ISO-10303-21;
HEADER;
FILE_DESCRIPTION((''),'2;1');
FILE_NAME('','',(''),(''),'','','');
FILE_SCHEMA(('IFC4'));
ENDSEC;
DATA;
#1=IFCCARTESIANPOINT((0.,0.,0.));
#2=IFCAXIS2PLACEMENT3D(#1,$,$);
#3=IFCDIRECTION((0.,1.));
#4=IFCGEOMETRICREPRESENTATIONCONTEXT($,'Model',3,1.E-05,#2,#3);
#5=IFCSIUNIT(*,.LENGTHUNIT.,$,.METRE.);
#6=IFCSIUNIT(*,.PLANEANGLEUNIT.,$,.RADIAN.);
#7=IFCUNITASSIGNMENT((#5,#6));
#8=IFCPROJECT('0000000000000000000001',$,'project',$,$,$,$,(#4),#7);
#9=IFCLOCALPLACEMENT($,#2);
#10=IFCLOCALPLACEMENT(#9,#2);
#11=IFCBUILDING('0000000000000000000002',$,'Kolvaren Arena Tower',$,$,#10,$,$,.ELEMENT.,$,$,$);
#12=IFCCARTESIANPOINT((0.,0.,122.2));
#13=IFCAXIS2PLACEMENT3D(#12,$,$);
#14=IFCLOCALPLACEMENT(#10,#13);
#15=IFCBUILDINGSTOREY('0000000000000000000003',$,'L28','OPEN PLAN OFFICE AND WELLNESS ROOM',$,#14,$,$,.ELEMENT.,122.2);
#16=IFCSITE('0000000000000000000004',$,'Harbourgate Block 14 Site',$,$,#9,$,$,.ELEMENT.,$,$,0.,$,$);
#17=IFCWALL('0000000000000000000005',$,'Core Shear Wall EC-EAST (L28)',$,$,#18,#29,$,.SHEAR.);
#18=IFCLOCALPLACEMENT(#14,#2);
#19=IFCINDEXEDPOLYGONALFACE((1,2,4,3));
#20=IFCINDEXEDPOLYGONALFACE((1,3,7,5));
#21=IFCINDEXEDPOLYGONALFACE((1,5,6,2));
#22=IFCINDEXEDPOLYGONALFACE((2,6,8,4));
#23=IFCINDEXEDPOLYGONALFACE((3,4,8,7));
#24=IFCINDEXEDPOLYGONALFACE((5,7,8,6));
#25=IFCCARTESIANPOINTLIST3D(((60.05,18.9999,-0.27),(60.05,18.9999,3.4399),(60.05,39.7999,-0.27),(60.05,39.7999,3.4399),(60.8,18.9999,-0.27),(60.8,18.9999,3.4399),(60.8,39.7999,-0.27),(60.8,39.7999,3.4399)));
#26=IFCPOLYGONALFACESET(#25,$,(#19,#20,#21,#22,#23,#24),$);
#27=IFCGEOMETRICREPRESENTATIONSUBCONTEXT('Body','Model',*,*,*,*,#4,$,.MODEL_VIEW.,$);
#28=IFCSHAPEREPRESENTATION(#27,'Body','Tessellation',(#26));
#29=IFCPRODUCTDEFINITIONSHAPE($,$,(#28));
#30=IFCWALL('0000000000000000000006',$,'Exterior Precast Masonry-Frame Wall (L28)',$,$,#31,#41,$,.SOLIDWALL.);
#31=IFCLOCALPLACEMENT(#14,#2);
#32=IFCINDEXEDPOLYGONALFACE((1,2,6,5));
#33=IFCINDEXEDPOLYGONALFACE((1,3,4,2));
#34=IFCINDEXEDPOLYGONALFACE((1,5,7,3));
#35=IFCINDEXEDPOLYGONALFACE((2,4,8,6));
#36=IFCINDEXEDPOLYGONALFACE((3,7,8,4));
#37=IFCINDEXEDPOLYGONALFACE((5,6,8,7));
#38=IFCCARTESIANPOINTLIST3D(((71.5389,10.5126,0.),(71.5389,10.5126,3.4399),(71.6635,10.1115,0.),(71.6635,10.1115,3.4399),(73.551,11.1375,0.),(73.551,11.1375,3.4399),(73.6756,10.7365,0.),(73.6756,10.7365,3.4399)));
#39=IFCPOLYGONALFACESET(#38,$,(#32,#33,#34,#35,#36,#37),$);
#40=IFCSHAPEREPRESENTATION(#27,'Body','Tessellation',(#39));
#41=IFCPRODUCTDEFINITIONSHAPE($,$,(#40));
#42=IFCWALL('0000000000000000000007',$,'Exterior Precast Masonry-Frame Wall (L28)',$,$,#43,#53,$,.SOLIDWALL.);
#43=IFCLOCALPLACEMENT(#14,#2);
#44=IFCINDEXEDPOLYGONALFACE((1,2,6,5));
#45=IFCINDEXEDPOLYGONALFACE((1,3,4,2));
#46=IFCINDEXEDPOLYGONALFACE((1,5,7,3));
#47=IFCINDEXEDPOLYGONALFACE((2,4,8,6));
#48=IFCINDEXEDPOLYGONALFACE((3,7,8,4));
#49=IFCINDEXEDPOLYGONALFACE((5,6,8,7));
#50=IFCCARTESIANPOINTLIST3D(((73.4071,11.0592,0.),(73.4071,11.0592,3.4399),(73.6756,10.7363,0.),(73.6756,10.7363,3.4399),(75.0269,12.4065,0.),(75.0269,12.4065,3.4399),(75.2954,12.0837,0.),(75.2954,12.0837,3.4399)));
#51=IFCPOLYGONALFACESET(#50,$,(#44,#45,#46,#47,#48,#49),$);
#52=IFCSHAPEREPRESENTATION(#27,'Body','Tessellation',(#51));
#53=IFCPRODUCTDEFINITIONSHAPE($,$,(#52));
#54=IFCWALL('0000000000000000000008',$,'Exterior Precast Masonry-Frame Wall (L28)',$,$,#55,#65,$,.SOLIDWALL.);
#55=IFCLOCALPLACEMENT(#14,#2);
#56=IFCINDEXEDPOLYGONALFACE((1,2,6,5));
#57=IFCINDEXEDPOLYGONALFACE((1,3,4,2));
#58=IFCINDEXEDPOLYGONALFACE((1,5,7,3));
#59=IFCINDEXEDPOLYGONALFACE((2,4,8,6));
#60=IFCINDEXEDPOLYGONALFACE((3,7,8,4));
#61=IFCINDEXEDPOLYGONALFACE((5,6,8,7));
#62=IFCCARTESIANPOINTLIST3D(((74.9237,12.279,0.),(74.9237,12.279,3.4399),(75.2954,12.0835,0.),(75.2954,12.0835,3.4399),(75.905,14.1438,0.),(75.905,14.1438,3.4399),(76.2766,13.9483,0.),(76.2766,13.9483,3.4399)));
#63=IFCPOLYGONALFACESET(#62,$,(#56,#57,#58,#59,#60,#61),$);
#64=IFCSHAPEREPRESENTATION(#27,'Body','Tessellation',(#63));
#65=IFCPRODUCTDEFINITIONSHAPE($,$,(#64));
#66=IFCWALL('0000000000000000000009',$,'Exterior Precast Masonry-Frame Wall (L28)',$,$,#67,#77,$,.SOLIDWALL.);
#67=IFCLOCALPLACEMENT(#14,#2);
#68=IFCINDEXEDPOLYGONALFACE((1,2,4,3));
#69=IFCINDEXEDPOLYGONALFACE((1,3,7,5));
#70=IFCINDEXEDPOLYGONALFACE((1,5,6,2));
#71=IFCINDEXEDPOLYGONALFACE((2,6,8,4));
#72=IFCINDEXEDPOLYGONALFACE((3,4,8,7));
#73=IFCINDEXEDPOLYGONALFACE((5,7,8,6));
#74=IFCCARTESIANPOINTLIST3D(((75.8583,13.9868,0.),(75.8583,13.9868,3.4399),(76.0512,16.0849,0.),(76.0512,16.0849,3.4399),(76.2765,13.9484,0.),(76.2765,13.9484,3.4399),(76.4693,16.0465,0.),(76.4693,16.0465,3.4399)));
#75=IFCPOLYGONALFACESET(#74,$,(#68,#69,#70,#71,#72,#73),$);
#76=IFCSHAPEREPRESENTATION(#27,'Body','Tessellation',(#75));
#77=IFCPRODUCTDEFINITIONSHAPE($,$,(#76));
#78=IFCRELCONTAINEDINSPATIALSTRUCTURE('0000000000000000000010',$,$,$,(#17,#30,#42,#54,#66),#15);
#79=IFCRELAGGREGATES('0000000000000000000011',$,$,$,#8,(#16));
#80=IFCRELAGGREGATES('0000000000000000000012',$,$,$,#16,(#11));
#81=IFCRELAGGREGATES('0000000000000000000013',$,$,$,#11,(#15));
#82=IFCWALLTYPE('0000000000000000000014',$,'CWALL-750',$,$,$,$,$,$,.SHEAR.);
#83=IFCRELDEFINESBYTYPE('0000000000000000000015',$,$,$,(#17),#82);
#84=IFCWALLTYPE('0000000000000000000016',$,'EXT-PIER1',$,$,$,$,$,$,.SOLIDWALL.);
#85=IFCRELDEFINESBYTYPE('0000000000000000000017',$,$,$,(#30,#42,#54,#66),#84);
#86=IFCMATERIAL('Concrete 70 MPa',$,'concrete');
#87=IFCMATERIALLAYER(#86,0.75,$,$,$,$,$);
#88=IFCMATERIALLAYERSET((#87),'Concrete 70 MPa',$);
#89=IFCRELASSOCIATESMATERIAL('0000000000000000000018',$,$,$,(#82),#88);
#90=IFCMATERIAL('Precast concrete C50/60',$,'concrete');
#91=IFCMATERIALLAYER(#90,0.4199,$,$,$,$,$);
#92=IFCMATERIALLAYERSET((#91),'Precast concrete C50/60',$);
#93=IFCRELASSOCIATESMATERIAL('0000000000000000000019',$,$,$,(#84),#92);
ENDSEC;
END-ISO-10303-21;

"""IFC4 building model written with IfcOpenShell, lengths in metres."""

from ifc_helpers import new_model, si_unit, direction, frame, frame_2d, origin, place, context, subcontext, project, spatial, rectangle, extrude, material, layer, layer_set, type_object, element, save


model = new_model("IFC4")

# Units and contexts
model_context = context("Model", 3, precision=1e-05, world=origin(), true_north=direction((0.0, 1.0)))
body_context = subcontext(model_context, "Body", "Model", "MODEL_VIEW")
ifc_project = project(units=[si_unit("LENGTHUNIT", "METRE"), si_unit("PLANEANGLEUNIT", "RADIAN")], contexts=[model_context])

# Site, building, storey
site_placement = place(None, origin())
site = spatial("IfcSite", under=ifc_project, at=site_placement, Name="Harbourgate Block 14 Site", CompositionType="ELEMENT", RefElevation=0.0)
building_placement = place(site_placement, origin())
building = spatial("IfcBuilding", under=site, at=building_placement, Name="Kolvaren Arena Tower", CompositionType="ELEMENT")
storey_placement = place(building_placement, frame((0.0, 0.0, 122.2)))
storey = spatial("IfcBuildingStorey", under=building, at=storey_placement, Name="L28", Description="OPEN PLAN OFFICE AND WELLNESS ROOM", CompositionType="ELEMENT", Elevation=122.2)

# Walls
ifc_material_1 = material(Name="Concrete 70 MPa", Category="concrete")
ifc_layer_1 = layer(ifc_material_1, 0.75)
ifc_layer_set_1 = layer_set([ifc_layer_1], Name="Concrete 70 MPa")
wall_type_1 = type_object("IfcWallType", Name="CWALL-750", PredefinedType="SHEAR", material=ifc_layer_set_1)
wall_1_placement = place(storey_placement, frame((60.425, 19.0, -0.27), z_axis=(0.0, 0.0, 1.0), x_axis=(0.0, 1.0, 0.0)))
element("IfcWall", 1, at=wall_1_placement, inside=storey, type_object=wall_type_1, Name="Core Shear Wall EC-EAST (L28)", PredefinedType="SHEAR", context=body_context, shape_type="SweptSolid", body=[
    extrude(rectangle(XDim=20.8, YDim=0.75, at=frame_2d((10.3999, 0.0))), origin(), (0.0, 0.0, 1.0), 3.71),
])
ifc_material_2 = material(Name="Precast concrete C50/60", Category="concrete")
ifc_layer_2 = layer(ifc_material_2, 0.4199)
ifc_layer_set_2 = layer_set([ifc_layer_2], Name="Precast concrete C50/60")
wall_type_2 = type_object("IfcWallType", Name="EXT-PIER1", PredefinedType="SOLIDWALL", material=ifc_layer_set_2)
for number, where, z_axis, x_axis, name in (
    (2, (73.6133, 10.937, 0.0), (0.0, 0.0, 1.0), (-0.954994, -0.296625, 0.0), "Exterior Precast Masonry-Frame Wall (L28)"),
    (3, (75.1611, 12.2451, 0.0), (0.0, 0.0, 1.0), (-0.7688, -0.639489, 0.0), "Exterior Precast Masonry-Frame Wall (L28)"),
):
    element("IfcWall", number, at=place(storey_placement, frame(where, z_axis=z_axis, x_axis=x_axis)), inside=storey, type_object=wall_type_2, Name=name, PredefinedType="SOLIDWALL", context=body_context, shape_type="SweptSolid", body=[
        extrude(rectangle(XDim=2.1069, YDim=0.4199, at=frame_2d((1.0535, 0.0))), origin(), (0.0, 0.0, 1.0), 3.4399),
    ])
wall_2_placement = place(storey_placement, frame((76.0908, 14.0461, 0.0), z_axis=(0.0, 0.0, 1.0), x_axis=(-0.465656, -0.884966, 0.0)))
element("IfcWall", 4, at=wall_2_placement, inside=storey, type_object=wall_type_2, Name="Exterior Precast Masonry-Frame Wall (L28)", PredefinedType="SOLIDWALL", context=body_context, shape_type="SweptSolid", body=[
    extrude(rectangle(XDim=2.1072, YDim=0.4199, at=frame_2d((1.0537, 0.0))), origin(), (0.0, 0.0, 1.0), 3.4399),
])
wall_3_placement = place(storey_placement, frame((76.2603, 16.0657, 0.0), z_axis=(0.0, 0.0, 1.0), x_axis=(-0.091539, -0.995802, 0.0)))
element("IfcWall", 5, at=wall_3_placement, inside=storey, type_object=wall_type_2, Name="Exterior Precast Masonry-Frame Wall (L28)", PredefinedType="SOLIDWALL", context=body_context, shape_type="SweptSolid", body=[
    extrude(rectangle(XDim=2.1069, YDim=0.4199, at=frame_2d((1.0535, 0.0))), origin(), (0.0, 0.0, 1.0), 3.4399),
])

save(model, "model.ifc")
